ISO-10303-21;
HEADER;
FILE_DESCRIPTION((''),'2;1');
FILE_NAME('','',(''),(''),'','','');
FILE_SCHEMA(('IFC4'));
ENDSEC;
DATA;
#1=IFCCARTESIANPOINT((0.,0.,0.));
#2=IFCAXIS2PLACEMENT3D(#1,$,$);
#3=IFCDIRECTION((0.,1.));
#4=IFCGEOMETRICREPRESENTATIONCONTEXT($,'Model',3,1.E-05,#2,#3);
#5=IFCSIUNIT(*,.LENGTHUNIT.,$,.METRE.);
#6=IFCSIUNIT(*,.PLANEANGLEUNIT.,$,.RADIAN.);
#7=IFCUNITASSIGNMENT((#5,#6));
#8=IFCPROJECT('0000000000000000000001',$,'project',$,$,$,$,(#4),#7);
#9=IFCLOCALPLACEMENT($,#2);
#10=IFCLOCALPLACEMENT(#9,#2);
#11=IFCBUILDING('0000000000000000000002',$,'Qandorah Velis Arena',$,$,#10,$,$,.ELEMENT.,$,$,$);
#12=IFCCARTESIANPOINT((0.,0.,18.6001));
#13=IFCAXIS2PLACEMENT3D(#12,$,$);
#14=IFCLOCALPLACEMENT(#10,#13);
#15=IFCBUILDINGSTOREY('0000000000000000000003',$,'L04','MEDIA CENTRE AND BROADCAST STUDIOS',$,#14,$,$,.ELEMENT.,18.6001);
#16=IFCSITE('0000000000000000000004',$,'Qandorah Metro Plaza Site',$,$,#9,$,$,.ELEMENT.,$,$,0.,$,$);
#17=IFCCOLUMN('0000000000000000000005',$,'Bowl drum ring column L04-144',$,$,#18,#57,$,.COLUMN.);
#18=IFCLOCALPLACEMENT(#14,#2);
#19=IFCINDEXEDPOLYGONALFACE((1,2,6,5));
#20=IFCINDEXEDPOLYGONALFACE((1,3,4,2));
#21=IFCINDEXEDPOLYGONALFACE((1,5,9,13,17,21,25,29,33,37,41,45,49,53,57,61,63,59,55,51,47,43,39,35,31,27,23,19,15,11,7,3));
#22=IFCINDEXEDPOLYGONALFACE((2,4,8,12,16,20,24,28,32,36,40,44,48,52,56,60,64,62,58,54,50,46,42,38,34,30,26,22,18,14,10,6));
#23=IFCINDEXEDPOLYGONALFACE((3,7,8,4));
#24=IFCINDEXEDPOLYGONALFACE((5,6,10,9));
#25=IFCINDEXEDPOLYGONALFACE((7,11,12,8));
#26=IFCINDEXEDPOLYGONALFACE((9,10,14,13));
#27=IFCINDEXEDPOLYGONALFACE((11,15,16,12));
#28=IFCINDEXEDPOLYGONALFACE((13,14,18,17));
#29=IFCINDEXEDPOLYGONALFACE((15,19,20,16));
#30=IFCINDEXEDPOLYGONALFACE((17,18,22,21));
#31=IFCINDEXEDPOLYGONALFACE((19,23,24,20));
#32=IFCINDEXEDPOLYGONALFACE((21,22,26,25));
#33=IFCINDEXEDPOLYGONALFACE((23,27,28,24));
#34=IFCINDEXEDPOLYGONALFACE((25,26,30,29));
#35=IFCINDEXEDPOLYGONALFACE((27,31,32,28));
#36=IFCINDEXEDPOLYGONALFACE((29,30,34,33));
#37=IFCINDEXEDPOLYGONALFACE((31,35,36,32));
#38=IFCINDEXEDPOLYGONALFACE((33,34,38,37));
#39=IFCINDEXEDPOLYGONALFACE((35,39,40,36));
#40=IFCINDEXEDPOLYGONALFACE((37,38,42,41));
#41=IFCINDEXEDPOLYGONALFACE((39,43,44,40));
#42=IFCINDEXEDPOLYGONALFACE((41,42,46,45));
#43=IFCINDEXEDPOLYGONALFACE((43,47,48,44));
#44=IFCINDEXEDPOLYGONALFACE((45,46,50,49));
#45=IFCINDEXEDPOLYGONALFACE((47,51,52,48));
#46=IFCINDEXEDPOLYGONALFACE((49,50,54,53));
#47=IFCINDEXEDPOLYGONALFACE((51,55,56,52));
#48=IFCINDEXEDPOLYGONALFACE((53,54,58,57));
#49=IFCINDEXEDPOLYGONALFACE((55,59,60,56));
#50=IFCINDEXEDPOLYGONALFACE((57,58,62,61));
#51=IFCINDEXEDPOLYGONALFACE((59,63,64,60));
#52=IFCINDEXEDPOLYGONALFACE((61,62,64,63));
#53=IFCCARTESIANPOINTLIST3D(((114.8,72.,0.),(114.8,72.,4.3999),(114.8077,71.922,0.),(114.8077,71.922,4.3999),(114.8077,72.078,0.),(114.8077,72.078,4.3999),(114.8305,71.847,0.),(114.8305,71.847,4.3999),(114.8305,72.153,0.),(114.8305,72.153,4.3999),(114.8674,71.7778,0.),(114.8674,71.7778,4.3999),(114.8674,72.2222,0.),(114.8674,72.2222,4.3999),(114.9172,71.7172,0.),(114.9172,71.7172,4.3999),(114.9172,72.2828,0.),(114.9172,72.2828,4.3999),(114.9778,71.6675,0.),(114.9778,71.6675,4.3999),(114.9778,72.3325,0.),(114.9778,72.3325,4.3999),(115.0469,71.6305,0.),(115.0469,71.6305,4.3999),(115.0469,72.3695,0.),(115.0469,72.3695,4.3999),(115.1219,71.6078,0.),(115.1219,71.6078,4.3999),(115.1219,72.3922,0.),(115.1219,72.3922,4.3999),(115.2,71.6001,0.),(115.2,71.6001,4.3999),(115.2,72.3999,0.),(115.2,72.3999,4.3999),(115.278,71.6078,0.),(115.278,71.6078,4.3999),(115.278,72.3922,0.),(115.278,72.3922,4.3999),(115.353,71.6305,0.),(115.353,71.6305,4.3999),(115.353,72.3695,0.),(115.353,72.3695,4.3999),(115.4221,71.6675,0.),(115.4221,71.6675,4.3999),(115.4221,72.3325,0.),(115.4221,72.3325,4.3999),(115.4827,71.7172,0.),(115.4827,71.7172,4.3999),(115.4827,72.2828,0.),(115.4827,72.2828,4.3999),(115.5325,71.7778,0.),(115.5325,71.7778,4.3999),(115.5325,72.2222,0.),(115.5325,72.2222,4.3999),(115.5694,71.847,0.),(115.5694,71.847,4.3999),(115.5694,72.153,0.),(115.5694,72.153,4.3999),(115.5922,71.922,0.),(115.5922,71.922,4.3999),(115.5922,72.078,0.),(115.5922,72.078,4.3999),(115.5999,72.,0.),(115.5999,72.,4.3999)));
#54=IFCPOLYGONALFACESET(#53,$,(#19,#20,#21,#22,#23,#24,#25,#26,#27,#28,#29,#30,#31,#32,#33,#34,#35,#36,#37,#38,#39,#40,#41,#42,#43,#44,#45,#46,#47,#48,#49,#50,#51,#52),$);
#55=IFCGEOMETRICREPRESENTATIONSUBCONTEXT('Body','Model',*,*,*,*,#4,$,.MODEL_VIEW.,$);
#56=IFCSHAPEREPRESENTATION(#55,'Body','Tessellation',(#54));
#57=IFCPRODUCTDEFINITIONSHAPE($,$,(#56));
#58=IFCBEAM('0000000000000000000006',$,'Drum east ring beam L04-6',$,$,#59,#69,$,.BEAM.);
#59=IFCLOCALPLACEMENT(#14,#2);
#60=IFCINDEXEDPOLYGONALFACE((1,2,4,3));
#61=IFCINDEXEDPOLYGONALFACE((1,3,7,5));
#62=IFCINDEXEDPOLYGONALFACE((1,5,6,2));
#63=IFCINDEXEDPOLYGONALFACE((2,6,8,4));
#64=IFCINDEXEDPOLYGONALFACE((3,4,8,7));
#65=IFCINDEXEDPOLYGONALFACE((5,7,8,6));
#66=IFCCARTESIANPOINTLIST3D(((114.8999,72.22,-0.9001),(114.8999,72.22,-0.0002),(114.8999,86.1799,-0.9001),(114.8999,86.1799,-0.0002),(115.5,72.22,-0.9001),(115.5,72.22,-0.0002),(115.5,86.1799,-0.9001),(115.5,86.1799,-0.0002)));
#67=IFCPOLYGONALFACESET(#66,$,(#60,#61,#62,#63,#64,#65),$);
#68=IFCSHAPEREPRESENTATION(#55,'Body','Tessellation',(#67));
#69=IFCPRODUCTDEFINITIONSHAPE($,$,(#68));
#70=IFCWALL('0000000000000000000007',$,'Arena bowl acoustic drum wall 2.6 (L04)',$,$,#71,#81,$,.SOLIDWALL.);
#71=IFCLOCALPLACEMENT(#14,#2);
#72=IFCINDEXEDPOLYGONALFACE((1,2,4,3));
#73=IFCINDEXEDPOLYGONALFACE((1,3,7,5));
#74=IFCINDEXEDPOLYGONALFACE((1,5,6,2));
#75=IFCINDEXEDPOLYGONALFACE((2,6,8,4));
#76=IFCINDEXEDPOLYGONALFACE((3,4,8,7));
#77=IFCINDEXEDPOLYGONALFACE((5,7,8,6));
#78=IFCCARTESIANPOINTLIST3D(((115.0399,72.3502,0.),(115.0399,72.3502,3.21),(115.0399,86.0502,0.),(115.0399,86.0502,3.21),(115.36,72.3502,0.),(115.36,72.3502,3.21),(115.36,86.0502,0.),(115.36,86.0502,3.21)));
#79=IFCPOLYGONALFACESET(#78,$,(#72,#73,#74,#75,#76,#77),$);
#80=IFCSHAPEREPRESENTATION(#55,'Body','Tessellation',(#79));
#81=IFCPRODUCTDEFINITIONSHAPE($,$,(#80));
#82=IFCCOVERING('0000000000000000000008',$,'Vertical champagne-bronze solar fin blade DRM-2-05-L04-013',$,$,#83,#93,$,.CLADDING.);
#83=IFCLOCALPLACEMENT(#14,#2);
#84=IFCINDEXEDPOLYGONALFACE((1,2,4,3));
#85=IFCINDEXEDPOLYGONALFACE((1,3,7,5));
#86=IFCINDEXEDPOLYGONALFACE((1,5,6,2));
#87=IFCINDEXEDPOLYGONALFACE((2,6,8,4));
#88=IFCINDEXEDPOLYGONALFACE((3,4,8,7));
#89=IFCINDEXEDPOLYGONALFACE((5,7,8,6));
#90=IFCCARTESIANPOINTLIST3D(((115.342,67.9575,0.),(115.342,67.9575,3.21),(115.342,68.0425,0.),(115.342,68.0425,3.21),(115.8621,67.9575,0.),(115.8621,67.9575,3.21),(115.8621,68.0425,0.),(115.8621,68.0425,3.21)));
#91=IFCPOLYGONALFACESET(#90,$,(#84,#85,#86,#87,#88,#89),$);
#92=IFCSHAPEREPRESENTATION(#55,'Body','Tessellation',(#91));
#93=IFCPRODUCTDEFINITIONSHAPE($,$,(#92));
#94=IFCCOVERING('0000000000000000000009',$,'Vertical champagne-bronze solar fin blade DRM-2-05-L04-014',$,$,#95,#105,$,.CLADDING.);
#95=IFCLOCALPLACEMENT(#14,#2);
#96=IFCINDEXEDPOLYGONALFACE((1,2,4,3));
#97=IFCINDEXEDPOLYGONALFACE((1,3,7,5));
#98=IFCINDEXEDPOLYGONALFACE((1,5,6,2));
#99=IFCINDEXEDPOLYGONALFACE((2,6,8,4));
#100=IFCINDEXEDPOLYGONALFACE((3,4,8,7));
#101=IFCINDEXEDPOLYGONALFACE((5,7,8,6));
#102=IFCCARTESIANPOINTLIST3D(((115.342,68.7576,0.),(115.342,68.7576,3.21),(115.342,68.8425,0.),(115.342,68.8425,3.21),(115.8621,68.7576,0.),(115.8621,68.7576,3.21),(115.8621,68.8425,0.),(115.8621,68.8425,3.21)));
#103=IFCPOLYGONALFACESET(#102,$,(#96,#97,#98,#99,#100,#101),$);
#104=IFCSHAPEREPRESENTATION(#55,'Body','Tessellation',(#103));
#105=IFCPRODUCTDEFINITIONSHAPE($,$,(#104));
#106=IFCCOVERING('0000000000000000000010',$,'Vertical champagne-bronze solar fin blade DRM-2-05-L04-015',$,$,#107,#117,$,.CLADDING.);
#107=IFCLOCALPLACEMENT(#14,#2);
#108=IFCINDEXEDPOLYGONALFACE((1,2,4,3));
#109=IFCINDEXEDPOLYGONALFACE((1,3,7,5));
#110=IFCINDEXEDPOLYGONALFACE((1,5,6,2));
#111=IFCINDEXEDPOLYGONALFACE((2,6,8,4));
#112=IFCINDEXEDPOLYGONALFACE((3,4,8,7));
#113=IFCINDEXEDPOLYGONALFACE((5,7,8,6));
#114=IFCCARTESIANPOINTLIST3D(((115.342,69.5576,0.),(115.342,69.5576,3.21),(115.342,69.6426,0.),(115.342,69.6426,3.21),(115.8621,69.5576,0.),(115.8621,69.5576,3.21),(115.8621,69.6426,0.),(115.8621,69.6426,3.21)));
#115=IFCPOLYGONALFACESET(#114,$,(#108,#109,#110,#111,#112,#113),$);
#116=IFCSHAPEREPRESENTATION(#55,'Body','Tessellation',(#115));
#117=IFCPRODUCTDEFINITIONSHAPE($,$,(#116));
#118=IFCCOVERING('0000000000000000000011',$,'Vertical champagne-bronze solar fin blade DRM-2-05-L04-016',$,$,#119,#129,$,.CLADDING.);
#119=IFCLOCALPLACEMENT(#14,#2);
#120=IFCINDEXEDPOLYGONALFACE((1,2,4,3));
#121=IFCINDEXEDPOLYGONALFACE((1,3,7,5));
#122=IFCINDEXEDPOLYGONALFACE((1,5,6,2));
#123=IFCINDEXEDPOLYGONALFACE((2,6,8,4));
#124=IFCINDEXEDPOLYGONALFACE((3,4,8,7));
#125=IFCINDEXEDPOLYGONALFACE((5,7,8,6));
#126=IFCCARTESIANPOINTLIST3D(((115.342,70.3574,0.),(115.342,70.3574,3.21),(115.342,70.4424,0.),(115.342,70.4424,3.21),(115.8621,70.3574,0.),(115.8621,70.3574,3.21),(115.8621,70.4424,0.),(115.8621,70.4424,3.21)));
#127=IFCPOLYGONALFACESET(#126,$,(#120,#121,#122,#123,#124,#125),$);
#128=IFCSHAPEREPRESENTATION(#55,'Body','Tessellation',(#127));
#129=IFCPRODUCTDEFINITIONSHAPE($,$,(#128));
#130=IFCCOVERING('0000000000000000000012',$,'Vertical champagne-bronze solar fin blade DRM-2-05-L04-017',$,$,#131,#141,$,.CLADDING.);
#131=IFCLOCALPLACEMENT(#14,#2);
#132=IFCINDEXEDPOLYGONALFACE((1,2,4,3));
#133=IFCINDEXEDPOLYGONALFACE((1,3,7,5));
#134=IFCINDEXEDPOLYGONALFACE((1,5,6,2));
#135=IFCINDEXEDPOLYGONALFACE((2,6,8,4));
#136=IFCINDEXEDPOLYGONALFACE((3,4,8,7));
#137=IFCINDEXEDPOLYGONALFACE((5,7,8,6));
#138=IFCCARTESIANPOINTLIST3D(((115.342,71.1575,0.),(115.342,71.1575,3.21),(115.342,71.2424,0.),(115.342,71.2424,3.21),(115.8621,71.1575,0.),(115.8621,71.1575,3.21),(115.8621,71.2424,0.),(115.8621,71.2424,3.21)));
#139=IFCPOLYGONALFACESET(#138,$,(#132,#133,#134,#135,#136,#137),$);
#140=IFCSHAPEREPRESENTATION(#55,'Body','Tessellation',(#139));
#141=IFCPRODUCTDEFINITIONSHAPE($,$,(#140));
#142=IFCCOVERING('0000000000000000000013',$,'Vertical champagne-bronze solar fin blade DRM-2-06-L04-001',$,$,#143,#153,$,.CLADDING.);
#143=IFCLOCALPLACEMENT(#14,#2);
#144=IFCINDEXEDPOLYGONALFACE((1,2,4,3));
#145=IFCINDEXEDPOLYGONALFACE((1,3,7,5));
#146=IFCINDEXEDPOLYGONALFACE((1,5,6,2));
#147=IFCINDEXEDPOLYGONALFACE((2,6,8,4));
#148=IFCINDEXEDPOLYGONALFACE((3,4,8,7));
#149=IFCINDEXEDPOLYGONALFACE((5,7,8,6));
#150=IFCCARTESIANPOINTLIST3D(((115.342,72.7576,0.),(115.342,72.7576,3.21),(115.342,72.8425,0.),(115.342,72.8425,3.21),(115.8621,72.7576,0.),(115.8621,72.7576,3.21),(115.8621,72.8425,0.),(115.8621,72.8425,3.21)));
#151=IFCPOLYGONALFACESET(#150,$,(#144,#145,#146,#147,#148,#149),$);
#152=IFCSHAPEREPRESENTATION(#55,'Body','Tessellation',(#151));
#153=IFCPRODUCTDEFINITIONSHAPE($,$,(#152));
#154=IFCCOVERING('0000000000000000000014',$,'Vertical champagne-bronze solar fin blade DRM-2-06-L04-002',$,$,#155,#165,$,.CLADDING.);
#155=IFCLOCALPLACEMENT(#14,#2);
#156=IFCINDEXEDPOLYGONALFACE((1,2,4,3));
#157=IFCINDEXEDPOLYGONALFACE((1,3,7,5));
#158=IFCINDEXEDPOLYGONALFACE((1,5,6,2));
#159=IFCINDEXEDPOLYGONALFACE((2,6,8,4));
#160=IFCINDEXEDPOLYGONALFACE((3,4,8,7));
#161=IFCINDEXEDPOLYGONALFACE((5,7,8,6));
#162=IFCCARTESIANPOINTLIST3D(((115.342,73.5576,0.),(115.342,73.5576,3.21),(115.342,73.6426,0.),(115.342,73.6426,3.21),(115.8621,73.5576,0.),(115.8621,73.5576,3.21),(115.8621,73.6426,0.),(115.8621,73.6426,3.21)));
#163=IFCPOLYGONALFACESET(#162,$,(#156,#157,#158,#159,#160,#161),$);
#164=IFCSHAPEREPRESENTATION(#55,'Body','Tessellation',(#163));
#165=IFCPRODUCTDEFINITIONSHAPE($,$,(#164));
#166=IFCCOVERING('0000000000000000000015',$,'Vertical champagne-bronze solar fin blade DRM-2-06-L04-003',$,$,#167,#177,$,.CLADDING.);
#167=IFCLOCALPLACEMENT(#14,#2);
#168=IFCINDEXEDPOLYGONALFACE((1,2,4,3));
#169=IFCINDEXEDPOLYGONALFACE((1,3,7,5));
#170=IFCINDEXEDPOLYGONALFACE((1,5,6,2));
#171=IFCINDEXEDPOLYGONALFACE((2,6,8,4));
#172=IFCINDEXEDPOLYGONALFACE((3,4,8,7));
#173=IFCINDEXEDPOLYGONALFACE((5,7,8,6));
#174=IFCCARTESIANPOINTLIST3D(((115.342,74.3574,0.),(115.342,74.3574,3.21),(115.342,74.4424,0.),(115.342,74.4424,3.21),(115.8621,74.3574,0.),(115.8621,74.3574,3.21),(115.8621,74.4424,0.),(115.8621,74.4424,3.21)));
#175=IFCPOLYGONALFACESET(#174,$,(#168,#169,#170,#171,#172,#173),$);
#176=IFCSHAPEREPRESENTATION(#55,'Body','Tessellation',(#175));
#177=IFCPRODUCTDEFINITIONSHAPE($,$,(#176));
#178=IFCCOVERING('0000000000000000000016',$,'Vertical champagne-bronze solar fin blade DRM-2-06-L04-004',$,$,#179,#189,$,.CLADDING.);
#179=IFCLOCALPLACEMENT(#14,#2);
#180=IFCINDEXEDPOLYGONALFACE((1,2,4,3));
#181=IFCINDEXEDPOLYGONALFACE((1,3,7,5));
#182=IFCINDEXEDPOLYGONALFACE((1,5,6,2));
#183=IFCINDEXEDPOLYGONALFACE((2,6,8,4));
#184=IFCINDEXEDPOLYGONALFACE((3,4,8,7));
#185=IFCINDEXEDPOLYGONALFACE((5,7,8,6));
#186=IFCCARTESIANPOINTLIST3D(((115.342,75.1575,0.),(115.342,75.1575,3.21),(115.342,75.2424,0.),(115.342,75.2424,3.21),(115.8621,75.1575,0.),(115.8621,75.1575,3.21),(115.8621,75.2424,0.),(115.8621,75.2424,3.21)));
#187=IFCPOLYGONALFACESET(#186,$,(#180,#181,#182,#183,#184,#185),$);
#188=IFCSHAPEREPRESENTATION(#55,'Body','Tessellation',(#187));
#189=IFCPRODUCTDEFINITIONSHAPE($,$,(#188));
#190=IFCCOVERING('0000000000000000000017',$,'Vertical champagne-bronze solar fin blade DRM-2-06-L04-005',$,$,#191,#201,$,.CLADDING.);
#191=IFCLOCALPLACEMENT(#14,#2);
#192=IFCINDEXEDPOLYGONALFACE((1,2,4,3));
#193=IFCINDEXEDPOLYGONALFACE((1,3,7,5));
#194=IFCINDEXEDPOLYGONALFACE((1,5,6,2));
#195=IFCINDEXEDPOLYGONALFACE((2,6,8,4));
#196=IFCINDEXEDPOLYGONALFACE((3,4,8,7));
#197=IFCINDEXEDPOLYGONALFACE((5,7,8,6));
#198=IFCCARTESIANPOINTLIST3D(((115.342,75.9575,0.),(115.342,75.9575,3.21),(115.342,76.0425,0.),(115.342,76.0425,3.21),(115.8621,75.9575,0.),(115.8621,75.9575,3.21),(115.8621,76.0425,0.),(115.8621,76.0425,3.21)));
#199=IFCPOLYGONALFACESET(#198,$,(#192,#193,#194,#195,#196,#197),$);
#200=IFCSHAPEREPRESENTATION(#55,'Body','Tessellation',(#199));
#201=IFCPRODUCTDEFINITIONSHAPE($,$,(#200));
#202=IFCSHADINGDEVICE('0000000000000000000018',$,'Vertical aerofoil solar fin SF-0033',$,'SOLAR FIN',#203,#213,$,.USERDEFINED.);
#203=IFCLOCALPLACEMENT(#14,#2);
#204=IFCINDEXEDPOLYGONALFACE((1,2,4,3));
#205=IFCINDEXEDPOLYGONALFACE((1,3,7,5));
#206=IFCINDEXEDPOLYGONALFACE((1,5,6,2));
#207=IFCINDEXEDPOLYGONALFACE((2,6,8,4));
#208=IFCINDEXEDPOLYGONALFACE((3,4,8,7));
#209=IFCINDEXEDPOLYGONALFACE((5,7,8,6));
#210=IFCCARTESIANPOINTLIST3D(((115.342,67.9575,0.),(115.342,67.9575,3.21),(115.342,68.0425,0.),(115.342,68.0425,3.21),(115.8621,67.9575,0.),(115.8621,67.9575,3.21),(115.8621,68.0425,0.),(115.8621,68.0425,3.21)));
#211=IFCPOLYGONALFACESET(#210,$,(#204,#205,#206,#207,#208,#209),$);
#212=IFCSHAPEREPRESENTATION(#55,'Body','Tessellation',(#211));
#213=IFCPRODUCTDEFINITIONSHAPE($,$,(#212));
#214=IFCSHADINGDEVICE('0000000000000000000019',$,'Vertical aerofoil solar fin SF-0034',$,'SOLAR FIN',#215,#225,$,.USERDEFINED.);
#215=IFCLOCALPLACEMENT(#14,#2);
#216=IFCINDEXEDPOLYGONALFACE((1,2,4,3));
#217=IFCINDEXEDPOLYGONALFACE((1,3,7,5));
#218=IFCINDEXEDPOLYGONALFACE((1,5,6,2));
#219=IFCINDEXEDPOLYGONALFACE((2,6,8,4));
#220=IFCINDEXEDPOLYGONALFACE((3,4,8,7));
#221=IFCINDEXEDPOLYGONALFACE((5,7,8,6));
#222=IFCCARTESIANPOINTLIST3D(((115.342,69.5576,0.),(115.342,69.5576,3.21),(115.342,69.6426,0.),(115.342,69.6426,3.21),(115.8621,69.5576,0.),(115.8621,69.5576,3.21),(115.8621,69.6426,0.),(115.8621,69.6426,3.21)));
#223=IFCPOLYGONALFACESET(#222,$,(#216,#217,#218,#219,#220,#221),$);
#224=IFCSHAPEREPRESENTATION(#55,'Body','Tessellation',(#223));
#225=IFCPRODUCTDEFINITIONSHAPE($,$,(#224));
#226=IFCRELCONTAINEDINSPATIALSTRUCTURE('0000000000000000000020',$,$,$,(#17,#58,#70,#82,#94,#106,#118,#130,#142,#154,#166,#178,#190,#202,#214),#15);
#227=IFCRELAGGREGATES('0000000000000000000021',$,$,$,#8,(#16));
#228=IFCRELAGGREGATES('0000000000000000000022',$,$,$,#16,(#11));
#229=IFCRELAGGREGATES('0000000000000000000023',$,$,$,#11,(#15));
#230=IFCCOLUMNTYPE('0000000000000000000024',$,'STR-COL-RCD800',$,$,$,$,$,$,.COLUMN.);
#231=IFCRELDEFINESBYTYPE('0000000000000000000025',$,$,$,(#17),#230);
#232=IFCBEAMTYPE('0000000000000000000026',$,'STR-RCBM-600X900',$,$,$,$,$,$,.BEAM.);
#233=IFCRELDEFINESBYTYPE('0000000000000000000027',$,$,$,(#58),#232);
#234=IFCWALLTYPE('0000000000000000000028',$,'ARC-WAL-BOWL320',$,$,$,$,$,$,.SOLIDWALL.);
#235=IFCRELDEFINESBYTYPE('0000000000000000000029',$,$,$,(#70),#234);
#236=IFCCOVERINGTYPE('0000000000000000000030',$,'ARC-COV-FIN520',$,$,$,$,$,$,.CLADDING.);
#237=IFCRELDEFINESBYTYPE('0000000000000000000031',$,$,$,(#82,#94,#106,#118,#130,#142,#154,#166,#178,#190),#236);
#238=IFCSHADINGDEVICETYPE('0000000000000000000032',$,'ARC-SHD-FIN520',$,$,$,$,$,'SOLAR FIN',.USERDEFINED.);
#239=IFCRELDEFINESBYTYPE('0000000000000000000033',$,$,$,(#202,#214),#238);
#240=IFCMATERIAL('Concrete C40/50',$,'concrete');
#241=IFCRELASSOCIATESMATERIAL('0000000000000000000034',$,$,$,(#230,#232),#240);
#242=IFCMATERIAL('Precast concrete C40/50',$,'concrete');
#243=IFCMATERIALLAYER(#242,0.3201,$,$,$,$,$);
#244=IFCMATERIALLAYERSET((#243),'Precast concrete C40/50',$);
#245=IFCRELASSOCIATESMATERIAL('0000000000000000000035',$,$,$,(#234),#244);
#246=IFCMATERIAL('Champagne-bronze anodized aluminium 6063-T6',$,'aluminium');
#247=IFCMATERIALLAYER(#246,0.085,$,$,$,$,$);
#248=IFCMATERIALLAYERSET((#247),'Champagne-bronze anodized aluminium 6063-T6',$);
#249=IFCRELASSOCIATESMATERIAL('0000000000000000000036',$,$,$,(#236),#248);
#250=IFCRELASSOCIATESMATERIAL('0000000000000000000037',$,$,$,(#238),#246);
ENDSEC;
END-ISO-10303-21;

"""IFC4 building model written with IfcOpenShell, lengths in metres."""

from ifc_helpers import new_model, si_unit, direction, frame, frame_2d, origin, origin_2d, place, context, subcontext, project, spatial, rectangle, circle, extrude, material, layer, layer_set, material_profile, profile_set, type_object, element, save


model = new_model("IFC4")

# Units and contexts
model_context = context("Model", 3, precision=1e-05, world=origin(), true_north=direction((0.0, 1.0)))
body_context = subcontext(model_context, "Body", "Model", "MODEL_VIEW")
ifc_project = project(units=[si_unit("LENGTHUNIT", "METRE"), si_unit("PLANEANGLEUNIT", "RADIAN")], contexts=[model_context])

# Site, building, storey
site_placement = place(None, origin())
site = spatial("IfcSite", under=ifc_project, at=site_placement, Name="Qandorah Metro Plaza Site", CompositionType="ELEMENT", RefElevation=0.0)
building_placement = place(site_placement, origin())
building = spatial("IfcBuilding", under=site, at=building_placement, Name="Qandorah Velis Arena", CompositionType="ELEMENT")
storey_placement = place(building_placement, frame((0.0, 0.0, 18.6001)))
storey = spatial("IfcBuildingStorey", under=building, at=storey_placement, Name="L04", Description="MEDIA CENTRE AND BROADCAST STUDIOS", CompositionType="ELEMENT", Elevation=18.6001)

# Column
ifc_material_1 = material(Name="Concrete C40/50", Category="concrete")
ifc_material_profile_1 = material_profile(ifc_material_1, circle(Radius=0.3999, at=origin_2d()), Name="RC D800")
ifc_profile_set_1 = profile_set([ifc_material_profile_1], Name="Concrete C40/50")
column_type = type_object("IfcColumnType", Name="STR-COL-RCD800", PredefinedType="COLUMN", material=ifc_profile_set_1)
column_placement = place(storey_placement, frame((115.2, 72.0, 0.0), z_axis=(0.0, 0.0, 1.0), x_axis=(1.0, 0.0, 0.0)))
element("IfcColumn", 1, at=column_placement, inside=storey, type_object=column_type, Name="Bowl drum ring column L04-144", PredefinedType="COLUMN", context=body_context, shape_type="SweptSolid", body=[
    extrude(circle(Radius=0.3999, at=origin_2d()), origin(), (0.0, 0.0, 1.0), 4.3999),
])

# Beam
ifc_material_profile_2 = material_profile(ifc_material_1, rectangle(XDim=0.6001, YDim=0.8999, at=origin_2d()), Name="RC BM 600x900")
ifc_profile_set_2 = profile_set([ifc_material_profile_2], Name="Concrete C40/50")
beam_type = type_object("IfcBeamType", Name="STR-RCBM-600X900", PredefinedType="BEAM", material=ifc_profile_set_2)
beam_placement = place(storey_placement, frame((115.2, 72.22, -0.4502), z_axis=(0.0, 1.0, 0.0), x_axis=(-1.0, 0.0, 0.0)))
element("IfcBeam", 2, at=beam_placement, inside=storey, type_object=beam_type, Name="Drum east ring beam L04-6", PredefinedType="BEAM", context=body_context, shape_type="SweptSolid", body=[
    extrude(rectangle(XDim=0.6001, YDim=0.8999, at=origin_2d()), origin(), (0.0, 0.0, 1.0), 13.96),
])

# Wall
ifc_material_2 = material(Name="Precast concrete C40/50", Category="concrete")
ifc_layer_1 = layer(ifc_material_2, 0.3201)
ifc_layer_set_1 = layer_set([ifc_layer_1], Name="Precast concrete C40/50")
wall_type = type_object("IfcWallType", Name="ARC-WAL-BOWL320", PredefinedType="SOLIDWALL", material=ifc_layer_set_1)
wall_placement = place(storey_placement, frame((115.2, 72.3501, 0.0), z_axis=(0.0, 0.0, 1.0), x_axis=(0.0, 1.0, 0.0)))
element("IfcWall", 3, at=wall_placement, inside=storey, type_object=wall_type, Name="Arena bowl acoustic drum wall 2.6 (L04)", PredefinedType="SOLIDWALL", context=body_context, shape_type="SweptSolid", body=[
    extrude(rectangle(XDim=13.7, YDim=0.3201, at=frame_2d((6.8501, 0.0))), origin(), (0.0, 0.0, 1.0), 3.21),
])

# Coverings
ifc_material_3 = material(Name="Champagne-bronze anodized aluminium 6063-T6", Category="aluminium")
ifc_layer_2 = layer(ifc_material_3, 0.085)
ifc_layer_set_2 = layer_set([ifc_layer_2], Name="Champagne-bronze anodized aluminium 6063-T6")
covering_type = type_object("IfcCoveringType", Name="ARC-COV-FIN520", PredefinedType="CLADDING", material=ifc_layer_set_2)
for number, where, z_axis, x_axis, name in (
    (4, (115.6021, 68.0, 0.0), (0.0, 0.0, 1.0), (1.0, 0.0, 0.0), "Vertical champagne-bronze solar fin blade DRM-2-05-L04-013"),
    (5, (115.6021, 68.8, 0.0), (0.0, 0.0, 1.0), (1.0, 0.0, 0.0), "Vertical champagne-bronze solar fin blade DRM-2-05-L04-014"),
    (6, (115.6021, 69.6001, 0.0), (0.0, 0.0, 1.0), (1.0, 0.0, 0.0), "Vertical champagne-bronze solar fin blade DRM-2-05-L04-015"),
    (7, (115.6021, 70.3999, 0.0), (0.0, 0.0, 1.0), (1.0, 0.0, 0.0), "Vertical champagne-bronze solar fin blade DRM-2-05-L04-016"),
    (8, (115.6021, 71.2, 0.0), (0.0, 0.0, 1.0), (1.0, 0.0, 0.0), "Vertical champagne-bronze solar fin blade DRM-2-05-L04-017"),
    (9, (115.6021, 72.8, 0.0), (0.0, 0.0, 1.0), (1.0, 0.0, 0.0), "Vertical champagne-bronze solar fin blade DRM-2-06-L04-001"),
    (10, (115.6021, 73.6001, 0.0), (0.0, 0.0, 1.0), (1.0, 0.0, 0.0), "Vertical champagne-bronze solar fin blade DRM-2-06-L04-002"),
    (11, (115.6021, 74.3999, 0.0), (0.0, 0.0, 1.0), (1.0, 0.0, 0.0), "Vertical champagne-bronze solar fin blade DRM-2-06-L04-003"),
    (12, (115.6021, 75.2, 0.0), (0.0, 0.0, 1.0), (1.0, 0.0, 0.0), "Vertical champagne-bronze solar fin blade DRM-2-06-L04-004"),
    (13, (115.6021, 76.0, 0.0), (0.0, 0.0, 1.0), (1.0, 0.0, 0.0), "Vertical champagne-bronze solar fin blade DRM-2-06-L04-005"),
):
    element("IfcCovering", number, at=place(storey_placement, frame(where, z_axis=z_axis, x_axis=x_axis)), inside=storey, type_object=covering_type, Name=name, PredefinedType="CLADDING", context=body_context, shape_type="SweptSolid", body=[
        extrude(rectangle(XDim=0.52, YDim=0.085, at=origin_2d()), origin(), (0.0, 0.0, 1.0), 3.21),
    ])

# Shading devices
shading_device_type = type_object("IfcShadingDeviceType", Name="ARC-SHD-FIN520", ElementType="SOLAR FIN", PredefinedType="USERDEFINED", material=ifc_material_3)
for number, where, z_axis, x_axis, name in (
    (14, (115.6021, 68.0, 0.0), (0.0, 0.0, 1.0), (1.0, 0.0, 0.0), "Vertical aerofoil solar fin SF-0033"),
    (15, (115.6021, 69.6001, 0.0), (0.0, 0.0, 1.0), (1.0, 0.0, 0.0), "Vertical aerofoil solar fin SF-0034"),
):
    element("IfcShadingDevice", number, at=place(storey_placement, frame(where, z_axis=z_axis, x_axis=x_axis)), inside=storey, type_object=shading_device_type, Name=name, ObjectType="SOLAR FIN", PredefinedType="USERDEFINED", context=body_context, shape_type="SweptSolid", body=[
        extrude(rectangle(XDim=0.52, YDim=0.085, at=origin_2d()), origin(), (0.0, 0.0, 1.0), 3.21),
    ])

save(model, "model.ifc")
